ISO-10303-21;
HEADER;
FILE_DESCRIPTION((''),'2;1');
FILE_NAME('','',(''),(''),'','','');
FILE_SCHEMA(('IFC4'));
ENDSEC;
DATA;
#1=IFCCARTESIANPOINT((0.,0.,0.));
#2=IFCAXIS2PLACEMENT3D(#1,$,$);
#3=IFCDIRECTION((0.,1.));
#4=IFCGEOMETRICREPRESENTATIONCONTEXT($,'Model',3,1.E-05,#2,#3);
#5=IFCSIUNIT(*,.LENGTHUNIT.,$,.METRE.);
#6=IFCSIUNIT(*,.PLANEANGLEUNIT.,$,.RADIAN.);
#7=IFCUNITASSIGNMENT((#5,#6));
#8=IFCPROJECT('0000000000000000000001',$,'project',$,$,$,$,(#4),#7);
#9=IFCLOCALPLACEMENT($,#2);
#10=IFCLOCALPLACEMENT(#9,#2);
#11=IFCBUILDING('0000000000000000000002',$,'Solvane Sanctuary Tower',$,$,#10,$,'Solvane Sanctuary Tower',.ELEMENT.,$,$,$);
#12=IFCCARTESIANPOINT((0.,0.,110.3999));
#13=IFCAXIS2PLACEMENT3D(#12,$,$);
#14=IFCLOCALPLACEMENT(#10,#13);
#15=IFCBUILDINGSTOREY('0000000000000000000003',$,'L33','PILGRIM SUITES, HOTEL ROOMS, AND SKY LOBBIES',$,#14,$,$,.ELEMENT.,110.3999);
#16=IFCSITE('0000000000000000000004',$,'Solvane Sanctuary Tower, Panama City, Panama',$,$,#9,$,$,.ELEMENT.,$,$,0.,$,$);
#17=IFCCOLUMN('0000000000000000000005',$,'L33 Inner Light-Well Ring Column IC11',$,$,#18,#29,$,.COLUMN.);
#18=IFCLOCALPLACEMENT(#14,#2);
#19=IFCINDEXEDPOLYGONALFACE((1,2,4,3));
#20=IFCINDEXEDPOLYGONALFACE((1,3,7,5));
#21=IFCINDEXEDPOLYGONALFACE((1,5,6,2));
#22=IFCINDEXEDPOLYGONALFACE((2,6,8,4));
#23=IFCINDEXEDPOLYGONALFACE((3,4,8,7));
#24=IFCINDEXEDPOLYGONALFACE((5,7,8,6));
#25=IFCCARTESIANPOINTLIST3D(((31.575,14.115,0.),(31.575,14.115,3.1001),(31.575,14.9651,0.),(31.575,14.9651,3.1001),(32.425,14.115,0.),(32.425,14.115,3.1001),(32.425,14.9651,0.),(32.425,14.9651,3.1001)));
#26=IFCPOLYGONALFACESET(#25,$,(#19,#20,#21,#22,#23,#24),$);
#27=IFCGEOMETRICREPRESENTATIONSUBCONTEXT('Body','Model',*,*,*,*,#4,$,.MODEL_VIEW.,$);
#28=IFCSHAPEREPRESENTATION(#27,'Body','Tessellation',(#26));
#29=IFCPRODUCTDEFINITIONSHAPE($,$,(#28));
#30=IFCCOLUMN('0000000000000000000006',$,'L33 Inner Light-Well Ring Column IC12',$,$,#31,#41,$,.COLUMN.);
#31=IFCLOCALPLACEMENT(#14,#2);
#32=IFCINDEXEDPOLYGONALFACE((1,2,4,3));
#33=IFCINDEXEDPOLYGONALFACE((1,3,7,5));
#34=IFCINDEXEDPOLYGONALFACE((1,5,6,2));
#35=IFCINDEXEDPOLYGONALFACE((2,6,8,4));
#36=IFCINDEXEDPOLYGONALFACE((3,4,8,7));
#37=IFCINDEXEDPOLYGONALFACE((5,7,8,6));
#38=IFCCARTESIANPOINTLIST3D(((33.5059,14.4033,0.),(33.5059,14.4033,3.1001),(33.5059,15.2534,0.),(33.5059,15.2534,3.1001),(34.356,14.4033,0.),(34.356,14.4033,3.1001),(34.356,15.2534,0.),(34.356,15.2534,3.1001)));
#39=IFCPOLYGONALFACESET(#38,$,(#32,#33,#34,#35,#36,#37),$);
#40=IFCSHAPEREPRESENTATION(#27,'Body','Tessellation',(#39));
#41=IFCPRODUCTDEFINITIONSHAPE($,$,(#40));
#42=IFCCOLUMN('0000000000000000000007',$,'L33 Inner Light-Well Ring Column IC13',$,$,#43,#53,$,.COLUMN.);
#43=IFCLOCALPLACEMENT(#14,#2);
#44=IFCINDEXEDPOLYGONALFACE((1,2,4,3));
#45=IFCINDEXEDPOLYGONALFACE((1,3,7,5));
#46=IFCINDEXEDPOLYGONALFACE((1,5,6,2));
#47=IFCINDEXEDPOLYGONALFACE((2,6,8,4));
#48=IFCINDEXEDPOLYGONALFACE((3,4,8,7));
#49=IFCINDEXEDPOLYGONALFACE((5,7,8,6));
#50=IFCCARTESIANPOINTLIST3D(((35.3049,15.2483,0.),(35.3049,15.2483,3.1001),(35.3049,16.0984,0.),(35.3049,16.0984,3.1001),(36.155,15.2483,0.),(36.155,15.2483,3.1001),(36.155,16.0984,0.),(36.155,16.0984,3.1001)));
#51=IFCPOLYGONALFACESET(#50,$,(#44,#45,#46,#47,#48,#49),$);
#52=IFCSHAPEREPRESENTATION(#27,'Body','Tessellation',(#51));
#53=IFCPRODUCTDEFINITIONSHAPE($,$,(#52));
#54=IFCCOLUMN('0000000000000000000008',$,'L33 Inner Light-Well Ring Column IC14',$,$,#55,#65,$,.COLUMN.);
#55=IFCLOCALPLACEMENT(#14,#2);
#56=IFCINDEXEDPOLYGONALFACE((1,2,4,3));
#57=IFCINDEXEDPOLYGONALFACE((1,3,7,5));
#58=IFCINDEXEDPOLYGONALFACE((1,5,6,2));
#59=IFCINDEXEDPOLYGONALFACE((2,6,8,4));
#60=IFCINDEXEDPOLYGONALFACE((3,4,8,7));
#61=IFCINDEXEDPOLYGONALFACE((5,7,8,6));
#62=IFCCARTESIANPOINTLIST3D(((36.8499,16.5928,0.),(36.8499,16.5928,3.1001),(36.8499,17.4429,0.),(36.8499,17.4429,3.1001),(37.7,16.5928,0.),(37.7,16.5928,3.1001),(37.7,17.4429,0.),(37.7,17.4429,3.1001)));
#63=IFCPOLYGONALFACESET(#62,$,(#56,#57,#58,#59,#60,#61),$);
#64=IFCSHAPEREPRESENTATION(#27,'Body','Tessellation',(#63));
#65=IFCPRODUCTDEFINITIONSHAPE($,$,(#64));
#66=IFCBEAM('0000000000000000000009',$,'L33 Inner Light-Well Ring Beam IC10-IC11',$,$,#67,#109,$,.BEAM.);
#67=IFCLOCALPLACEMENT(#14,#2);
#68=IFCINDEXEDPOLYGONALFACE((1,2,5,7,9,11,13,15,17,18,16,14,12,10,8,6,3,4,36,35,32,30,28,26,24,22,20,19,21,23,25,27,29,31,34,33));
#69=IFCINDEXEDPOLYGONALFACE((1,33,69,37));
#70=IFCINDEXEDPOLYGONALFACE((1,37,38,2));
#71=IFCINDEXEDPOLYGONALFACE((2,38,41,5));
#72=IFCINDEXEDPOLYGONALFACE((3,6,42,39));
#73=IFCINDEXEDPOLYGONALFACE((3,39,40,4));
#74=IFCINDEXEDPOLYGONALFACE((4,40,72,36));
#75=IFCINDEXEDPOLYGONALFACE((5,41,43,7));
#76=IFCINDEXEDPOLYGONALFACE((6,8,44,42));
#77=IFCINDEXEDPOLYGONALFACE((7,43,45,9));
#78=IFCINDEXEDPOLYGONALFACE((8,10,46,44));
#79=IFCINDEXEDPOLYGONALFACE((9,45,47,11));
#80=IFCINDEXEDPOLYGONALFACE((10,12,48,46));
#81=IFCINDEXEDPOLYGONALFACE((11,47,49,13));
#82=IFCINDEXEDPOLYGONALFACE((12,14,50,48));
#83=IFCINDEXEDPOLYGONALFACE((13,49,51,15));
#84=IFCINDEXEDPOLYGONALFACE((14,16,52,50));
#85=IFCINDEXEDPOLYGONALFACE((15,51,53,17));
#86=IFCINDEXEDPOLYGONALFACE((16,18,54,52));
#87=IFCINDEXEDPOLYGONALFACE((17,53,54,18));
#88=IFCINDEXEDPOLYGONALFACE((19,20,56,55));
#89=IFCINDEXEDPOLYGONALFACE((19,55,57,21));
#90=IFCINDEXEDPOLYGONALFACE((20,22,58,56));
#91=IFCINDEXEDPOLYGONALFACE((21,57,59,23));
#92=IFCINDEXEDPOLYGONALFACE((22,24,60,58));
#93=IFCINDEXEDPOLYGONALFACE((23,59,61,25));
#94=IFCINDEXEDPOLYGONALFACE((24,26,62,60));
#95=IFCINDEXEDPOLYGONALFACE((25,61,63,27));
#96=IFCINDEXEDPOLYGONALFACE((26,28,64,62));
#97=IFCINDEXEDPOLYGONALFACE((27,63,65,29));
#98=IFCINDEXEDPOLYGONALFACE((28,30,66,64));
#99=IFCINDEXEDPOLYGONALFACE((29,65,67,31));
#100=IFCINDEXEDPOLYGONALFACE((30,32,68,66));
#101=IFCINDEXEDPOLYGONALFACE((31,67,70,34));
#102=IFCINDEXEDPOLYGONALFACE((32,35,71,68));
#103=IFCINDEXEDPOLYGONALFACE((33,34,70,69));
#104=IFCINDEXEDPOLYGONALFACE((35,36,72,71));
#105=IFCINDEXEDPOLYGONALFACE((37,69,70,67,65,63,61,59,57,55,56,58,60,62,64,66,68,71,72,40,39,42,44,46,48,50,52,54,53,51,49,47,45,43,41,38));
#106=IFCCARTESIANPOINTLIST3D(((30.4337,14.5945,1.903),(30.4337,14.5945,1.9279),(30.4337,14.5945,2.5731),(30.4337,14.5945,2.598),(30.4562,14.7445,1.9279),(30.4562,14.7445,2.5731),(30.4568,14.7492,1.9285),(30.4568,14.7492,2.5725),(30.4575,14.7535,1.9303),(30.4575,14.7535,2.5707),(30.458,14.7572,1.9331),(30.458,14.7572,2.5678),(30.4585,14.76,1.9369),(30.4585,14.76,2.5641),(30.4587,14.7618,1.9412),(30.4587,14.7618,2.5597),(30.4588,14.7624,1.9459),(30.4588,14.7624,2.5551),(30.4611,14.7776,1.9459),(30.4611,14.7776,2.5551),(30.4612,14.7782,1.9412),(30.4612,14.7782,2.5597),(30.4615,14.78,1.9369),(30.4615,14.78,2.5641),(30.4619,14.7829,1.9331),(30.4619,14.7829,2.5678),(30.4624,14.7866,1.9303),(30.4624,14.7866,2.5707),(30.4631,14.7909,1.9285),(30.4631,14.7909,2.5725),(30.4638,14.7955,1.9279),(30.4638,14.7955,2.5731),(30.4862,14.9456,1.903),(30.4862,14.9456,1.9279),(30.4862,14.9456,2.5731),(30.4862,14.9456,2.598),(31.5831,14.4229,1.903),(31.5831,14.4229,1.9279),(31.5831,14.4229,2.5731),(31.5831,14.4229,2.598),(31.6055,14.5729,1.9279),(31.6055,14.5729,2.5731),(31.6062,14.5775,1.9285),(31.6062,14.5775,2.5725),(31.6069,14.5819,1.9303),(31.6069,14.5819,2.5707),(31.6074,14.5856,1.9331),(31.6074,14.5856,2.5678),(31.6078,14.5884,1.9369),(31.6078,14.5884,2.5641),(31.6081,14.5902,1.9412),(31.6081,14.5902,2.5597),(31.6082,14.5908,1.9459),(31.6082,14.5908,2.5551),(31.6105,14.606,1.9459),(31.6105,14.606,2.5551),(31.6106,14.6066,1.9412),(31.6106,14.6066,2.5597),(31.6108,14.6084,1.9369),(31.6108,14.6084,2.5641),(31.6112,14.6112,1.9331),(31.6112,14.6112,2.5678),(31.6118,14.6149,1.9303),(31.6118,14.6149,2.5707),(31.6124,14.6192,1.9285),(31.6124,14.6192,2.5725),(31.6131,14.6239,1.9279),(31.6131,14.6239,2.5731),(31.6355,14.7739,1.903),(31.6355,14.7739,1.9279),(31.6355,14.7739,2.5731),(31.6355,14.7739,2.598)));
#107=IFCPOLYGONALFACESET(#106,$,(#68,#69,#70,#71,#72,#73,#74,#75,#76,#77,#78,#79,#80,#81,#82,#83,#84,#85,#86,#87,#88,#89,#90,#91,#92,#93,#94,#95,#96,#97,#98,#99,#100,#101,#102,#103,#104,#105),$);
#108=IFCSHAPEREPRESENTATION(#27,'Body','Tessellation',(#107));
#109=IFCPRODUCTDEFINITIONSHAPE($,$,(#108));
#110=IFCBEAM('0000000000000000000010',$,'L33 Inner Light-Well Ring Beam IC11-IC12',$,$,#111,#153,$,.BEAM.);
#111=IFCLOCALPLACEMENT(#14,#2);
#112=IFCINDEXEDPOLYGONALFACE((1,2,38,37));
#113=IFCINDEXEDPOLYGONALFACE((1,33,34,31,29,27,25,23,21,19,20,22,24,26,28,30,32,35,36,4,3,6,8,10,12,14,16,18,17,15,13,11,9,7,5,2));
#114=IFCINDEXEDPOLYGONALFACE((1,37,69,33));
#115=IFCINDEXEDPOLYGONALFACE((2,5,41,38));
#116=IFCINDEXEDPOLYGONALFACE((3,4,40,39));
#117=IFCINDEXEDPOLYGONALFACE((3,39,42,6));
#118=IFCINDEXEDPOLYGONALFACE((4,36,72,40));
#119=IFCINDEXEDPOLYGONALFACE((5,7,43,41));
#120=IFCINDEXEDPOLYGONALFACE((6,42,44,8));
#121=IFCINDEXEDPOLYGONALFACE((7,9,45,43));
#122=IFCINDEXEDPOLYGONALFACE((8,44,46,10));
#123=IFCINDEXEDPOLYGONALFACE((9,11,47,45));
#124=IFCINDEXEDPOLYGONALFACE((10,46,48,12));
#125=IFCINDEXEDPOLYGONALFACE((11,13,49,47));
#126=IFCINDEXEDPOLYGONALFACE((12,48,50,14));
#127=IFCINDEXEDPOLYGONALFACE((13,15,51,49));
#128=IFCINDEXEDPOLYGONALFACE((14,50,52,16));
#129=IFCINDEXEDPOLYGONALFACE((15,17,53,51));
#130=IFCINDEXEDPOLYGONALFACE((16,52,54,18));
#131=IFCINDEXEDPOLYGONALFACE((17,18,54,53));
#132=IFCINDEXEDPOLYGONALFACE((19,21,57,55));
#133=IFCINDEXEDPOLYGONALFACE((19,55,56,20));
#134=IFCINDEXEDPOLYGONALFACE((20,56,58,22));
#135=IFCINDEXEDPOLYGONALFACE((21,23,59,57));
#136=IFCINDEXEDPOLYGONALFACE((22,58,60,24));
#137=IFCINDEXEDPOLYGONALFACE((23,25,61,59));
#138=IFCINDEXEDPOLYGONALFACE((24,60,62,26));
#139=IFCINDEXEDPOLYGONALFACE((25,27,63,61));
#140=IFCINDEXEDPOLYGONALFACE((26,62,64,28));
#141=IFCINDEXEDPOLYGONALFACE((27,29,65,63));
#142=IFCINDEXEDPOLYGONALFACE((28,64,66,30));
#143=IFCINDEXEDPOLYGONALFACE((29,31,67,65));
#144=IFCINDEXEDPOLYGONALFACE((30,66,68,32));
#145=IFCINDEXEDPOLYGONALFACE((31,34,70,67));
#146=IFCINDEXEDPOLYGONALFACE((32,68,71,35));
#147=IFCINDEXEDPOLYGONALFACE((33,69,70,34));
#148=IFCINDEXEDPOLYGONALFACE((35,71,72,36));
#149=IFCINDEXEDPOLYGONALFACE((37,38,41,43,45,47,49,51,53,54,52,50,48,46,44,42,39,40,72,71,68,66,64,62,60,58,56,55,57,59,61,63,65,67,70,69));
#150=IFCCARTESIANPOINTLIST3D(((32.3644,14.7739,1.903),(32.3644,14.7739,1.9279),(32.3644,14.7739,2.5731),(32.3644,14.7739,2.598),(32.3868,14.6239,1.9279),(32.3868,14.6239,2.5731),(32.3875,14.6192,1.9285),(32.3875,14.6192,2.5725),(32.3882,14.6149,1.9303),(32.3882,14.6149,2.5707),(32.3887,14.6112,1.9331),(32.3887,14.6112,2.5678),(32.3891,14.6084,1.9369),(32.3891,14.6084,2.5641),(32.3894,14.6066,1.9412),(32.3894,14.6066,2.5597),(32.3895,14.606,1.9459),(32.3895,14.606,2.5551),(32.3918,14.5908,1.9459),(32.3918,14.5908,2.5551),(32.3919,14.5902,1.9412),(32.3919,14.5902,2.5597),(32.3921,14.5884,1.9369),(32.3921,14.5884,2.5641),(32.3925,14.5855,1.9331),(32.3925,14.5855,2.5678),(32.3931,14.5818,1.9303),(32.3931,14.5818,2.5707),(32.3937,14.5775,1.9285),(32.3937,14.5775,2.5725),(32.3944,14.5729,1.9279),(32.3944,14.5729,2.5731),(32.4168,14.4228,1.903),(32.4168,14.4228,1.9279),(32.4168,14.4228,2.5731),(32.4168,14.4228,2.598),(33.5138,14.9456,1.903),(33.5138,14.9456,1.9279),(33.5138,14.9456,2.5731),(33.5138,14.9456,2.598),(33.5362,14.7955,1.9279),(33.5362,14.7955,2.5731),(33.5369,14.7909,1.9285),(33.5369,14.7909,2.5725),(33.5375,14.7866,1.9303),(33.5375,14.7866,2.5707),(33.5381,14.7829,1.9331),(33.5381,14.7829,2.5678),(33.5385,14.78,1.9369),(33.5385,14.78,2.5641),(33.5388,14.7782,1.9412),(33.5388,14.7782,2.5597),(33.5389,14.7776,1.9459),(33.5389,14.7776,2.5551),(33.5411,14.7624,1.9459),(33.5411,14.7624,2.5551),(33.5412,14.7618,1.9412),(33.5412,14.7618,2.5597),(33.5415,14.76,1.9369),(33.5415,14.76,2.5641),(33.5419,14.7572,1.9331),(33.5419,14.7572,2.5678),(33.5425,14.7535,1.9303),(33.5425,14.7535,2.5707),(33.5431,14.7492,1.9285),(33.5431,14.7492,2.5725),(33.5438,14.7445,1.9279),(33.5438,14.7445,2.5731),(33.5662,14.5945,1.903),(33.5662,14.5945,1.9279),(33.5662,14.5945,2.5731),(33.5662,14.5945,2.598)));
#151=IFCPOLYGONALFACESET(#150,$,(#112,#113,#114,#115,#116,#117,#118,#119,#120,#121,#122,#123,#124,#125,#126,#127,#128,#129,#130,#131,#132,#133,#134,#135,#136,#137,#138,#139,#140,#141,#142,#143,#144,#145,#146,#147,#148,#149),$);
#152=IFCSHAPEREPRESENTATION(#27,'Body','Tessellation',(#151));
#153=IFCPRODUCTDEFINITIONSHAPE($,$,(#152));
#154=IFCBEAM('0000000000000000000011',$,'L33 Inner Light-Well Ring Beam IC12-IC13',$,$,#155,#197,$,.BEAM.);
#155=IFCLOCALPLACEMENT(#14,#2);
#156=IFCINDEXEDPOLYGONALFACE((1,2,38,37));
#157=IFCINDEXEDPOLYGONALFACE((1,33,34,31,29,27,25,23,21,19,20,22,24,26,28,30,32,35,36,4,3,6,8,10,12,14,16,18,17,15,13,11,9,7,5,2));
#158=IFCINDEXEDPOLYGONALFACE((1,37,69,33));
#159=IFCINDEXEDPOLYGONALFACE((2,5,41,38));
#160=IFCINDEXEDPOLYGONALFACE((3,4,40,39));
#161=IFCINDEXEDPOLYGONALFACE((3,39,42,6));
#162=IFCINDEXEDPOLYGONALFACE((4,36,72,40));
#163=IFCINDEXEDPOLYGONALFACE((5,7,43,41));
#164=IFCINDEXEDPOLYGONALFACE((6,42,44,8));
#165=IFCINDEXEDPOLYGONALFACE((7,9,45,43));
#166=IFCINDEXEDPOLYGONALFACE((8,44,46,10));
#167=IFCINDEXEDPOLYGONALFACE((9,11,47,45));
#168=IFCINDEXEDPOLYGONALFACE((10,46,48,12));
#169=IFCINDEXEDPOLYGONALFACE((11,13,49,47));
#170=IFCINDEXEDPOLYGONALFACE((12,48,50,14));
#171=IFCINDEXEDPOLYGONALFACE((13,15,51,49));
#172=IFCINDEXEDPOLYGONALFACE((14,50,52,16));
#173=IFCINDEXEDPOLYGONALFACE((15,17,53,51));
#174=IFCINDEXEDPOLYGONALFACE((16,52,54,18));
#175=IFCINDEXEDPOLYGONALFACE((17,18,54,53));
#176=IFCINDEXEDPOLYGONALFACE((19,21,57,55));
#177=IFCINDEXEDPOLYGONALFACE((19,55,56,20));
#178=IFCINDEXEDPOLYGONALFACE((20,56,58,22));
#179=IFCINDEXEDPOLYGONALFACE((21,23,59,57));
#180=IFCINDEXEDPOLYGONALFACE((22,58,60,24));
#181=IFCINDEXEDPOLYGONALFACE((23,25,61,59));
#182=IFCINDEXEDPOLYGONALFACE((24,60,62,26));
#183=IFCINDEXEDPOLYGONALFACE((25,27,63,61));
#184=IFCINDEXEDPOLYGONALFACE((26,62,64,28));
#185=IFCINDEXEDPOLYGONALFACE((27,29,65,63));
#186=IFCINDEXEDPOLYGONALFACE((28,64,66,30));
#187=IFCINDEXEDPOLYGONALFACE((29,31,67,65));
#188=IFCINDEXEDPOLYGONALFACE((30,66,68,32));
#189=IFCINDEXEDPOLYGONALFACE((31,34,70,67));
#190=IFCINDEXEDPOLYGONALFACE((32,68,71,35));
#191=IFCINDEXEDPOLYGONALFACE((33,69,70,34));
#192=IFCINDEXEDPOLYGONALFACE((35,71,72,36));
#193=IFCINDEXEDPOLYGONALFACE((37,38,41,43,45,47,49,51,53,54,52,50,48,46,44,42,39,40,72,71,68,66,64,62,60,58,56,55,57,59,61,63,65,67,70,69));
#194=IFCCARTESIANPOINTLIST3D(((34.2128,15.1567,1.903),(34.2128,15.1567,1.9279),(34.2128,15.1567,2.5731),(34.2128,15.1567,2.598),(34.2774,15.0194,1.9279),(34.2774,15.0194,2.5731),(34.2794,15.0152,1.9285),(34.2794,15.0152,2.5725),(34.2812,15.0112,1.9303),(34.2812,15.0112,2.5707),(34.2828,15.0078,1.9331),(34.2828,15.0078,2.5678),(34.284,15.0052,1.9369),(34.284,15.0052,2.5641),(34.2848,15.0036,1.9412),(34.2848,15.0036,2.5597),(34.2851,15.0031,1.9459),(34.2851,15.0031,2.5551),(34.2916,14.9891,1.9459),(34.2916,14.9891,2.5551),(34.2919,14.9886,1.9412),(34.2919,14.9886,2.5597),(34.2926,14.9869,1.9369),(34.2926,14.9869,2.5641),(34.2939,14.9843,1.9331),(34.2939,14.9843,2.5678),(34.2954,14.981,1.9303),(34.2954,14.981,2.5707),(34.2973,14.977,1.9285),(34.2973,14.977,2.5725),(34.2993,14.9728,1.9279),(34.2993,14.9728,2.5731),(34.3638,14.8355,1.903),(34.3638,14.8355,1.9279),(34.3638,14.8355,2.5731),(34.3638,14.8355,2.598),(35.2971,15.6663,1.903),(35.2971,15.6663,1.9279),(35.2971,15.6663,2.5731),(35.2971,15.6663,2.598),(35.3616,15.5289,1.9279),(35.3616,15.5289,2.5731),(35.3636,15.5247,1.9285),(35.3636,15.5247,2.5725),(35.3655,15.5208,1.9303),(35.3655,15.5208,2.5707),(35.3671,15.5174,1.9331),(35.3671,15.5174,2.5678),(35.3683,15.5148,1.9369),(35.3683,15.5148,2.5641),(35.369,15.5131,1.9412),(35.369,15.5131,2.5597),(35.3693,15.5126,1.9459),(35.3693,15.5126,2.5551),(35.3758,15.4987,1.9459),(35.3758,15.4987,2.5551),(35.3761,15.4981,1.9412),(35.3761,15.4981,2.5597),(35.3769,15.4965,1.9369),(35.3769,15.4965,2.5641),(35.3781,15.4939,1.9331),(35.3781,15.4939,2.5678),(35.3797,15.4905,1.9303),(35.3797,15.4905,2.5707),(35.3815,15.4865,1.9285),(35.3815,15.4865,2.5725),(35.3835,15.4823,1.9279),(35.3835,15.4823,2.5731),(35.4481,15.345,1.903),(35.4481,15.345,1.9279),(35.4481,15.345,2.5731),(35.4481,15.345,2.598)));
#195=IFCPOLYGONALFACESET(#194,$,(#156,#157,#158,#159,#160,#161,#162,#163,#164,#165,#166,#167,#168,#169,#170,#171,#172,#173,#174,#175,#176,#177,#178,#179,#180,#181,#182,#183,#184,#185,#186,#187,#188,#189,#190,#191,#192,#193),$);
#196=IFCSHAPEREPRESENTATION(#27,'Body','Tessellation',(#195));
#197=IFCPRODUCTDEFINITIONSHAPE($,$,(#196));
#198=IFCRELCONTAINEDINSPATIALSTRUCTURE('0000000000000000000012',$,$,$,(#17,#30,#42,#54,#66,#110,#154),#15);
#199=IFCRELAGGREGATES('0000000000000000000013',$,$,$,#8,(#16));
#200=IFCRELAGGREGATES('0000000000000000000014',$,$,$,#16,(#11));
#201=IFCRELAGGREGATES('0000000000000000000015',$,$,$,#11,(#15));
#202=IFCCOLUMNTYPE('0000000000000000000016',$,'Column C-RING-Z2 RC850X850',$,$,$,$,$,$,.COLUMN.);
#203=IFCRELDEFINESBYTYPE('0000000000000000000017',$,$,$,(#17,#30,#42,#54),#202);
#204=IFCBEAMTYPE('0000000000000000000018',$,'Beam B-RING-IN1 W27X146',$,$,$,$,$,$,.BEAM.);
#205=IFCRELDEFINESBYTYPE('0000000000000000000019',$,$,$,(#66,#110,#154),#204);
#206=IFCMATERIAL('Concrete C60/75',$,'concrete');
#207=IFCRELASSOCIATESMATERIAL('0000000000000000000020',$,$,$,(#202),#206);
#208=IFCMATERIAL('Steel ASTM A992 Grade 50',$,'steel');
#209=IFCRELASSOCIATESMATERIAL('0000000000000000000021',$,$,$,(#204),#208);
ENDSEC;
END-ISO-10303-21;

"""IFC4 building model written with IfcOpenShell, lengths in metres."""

from ifc_helpers import new_model, si_unit, direction, frame, origin, origin_2d, place, context, subcontext, project, spatial, rectangle, i_section, extrude, material, material_profile, profile_set, type_object, element, save


model = new_model("IFC4")

# Units and contexts
model_context = context("Model", 3, precision=1e-05, world=origin(), true_north=direction((0.0, 1.0)))
body_context = subcontext(model_context, "Body", "Model", "MODEL_VIEW")
ifc_project = project(units=[si_unit("LENGTHUNIT", "METRE"), si_unit("PLANEANGLEUNIT", "RADIAN")], contexts=[model_context])

# Site, building, storey
site_placement = place(None, origin())
site = spatial("IfcSite", under=ifc_project, at=site_placement, Name="Solvane Sanctuary Tower, Panama City, Panama", CompositionType="ELEMENT", RefElevation=0.0)
building_placement = place(site_placement, origin())
building = spatial("IfcBuilding", under=site, at=building_placement, Name="Solvane Sanctuary Tower", LongName="Solvane Sanctuary Tower", CompositionType="ELEMENT")
storey_placement = place(building_placement, frame((0.0, 0.0, 110.3999)))
storey = spatial("IfcBuildingStorey", under=building, at=storey_placement, Name="L33", Description="PILGRIM SUITES, HOTEL ROOMS, AND SKY LOBBIES", CompositionType="ELEMENT", Elevation=110.3999)

# Columns
ifc_material_1 = material(Name="Concrete C60/75", Category="concrete")
ifc_material_profile_1 = material_profile(ifc_material_1, rectangle(XDim=0.8501, YDim=0.8501, at=origin_2d()), Name="RC850X850")
ifc_profile_set_1 = profile_set([ifc_material_profile_1], Name="Concrete C60/75")
column_type = type_object("IfcColumnType", Name="Column C-RING-Z2 RC850X850", PredefinedType="COLUMN", material=ifc_profile_set_1)
for number, where, z_axis, x_axis, name in (
    (1, (32.0, 14.54, 0.0), (0.0, 0.0, 1.0), (1.0, 0.0, 0.0), "L33 Inner Light-Well Ring Column IC11"),
    (2, (33.9309, 14.8284, 0.0), (0.0, 0.0, 1.0), (1.0, 0.0, 0.0), "L33 Inner Light-Well Ring Column IC12"),
    (3, (35.73, 15.6733, 0.0), (0.0, 0.0, 1.0), (1.0, 0.0, 0.0), "L33 Inner Light-Well Ring Column IC13"),
    (4, (37.2749, 17.0178, 0.0), (0.0, 0.0, 1.0), (1.0, 0.0, 0.0), "L33 Inner Light-Well Ring Column IC14"),
):
    element("IfcColumn", number, at=place(storey_placement, frame(where, z_axis=z_axis, x_axis=x_axis)), inside=storey, type_object=column_type, Name=name, PredefinedType="COLUMN", context=body_context, shape_type="SweptSolid", body=[
        extrude(rectangle(XDim=0.8501, YDim=0.8501, at=origin_2d()), origin(), (0.0, 0.0, 1.0), 3.1001),
    ])

# Beams
ifc_material_2 = material(Name="Steel ASTM A992 Grade 50", Category="steel")
ifc_material_profile_2 = material_profile(ifc_material_2, i_section(OverallWidth=0.355, OverallDepth=0.6951, WebThickness=0.0154, FlangeThickness=0.0249, FilletRadius=0.0181, at=origin_2d()), Name="W27X146")
ifc_profile_set_2 = profile_set([ifc_material_profile_2], Name="Steel ASTM A992 Grade 50")
beam_type_1 = type_object("IfcBeamType", Name="Beam B-RING-IN1 W27X146", PredefinedType="BEAM", material=ifc_profile_set_2)
for number, where, z_axis, x_axis, name in (
    (5, (30.46, 14.77, 2.2505), (0.989035, -0.147683, 0.0), (0.147683, 0.989035, 0.0), "L33 Inner Light-Well Ring Beam IC10-IC11"),
    (6, (32.3906, 14.5984, 2.2505), (0.989035, 0.147683, 0.0), (-0.147683, 0.989035, 0.0), "L33 Inner Light-Well Ring Beam IC11-IC12"),
):
    element("IfcBeam", number, at=place(storey_placement, frame(where, z_axis=z_axis, x_axis=x_axis)), inside=storey, type_object=beam_type_1, Name=name, PredefinedType="BEAM", context=body_context, shape_type="SweptSolid", body=[
        extrude(i_section(OverallWidth=0.355, OverallDepth=0.6951, WebThickness=0.0154, FlangeThickness=0.0249, FilletRadius=0.0181, at=origin_2d()), origin(), (0.0, 0.0, 1.0), 1.1621),
    ])
beam_1_placement = place(storey_placement, frame((34.2883, 14.9961, 2.2505), z_axis=(0.905045, 0.425316, 0.0), x_axis=(-0.425316, 0.905045, 0.0)))
element("IfcBeam", 7, at=beam_1_placement, inside=storey, type_object=beam_type_1, Name="L33 Inner Light-Well Ring Beam IC12-IC13", PredefinedType="BEAM", context=body_context, shape_type="SweptSolid", body=[
    extrude(i_section(OverallWidth=0.355, OverallDepth=0.6951, WebThickness=0.0154, FlangeThickness=0.0249, FilletRadius=0.0181, at=origin_2d()), origin(), (0.0, 0.0, 1.0), 1.198),
])

save(model, "model.ifc")
